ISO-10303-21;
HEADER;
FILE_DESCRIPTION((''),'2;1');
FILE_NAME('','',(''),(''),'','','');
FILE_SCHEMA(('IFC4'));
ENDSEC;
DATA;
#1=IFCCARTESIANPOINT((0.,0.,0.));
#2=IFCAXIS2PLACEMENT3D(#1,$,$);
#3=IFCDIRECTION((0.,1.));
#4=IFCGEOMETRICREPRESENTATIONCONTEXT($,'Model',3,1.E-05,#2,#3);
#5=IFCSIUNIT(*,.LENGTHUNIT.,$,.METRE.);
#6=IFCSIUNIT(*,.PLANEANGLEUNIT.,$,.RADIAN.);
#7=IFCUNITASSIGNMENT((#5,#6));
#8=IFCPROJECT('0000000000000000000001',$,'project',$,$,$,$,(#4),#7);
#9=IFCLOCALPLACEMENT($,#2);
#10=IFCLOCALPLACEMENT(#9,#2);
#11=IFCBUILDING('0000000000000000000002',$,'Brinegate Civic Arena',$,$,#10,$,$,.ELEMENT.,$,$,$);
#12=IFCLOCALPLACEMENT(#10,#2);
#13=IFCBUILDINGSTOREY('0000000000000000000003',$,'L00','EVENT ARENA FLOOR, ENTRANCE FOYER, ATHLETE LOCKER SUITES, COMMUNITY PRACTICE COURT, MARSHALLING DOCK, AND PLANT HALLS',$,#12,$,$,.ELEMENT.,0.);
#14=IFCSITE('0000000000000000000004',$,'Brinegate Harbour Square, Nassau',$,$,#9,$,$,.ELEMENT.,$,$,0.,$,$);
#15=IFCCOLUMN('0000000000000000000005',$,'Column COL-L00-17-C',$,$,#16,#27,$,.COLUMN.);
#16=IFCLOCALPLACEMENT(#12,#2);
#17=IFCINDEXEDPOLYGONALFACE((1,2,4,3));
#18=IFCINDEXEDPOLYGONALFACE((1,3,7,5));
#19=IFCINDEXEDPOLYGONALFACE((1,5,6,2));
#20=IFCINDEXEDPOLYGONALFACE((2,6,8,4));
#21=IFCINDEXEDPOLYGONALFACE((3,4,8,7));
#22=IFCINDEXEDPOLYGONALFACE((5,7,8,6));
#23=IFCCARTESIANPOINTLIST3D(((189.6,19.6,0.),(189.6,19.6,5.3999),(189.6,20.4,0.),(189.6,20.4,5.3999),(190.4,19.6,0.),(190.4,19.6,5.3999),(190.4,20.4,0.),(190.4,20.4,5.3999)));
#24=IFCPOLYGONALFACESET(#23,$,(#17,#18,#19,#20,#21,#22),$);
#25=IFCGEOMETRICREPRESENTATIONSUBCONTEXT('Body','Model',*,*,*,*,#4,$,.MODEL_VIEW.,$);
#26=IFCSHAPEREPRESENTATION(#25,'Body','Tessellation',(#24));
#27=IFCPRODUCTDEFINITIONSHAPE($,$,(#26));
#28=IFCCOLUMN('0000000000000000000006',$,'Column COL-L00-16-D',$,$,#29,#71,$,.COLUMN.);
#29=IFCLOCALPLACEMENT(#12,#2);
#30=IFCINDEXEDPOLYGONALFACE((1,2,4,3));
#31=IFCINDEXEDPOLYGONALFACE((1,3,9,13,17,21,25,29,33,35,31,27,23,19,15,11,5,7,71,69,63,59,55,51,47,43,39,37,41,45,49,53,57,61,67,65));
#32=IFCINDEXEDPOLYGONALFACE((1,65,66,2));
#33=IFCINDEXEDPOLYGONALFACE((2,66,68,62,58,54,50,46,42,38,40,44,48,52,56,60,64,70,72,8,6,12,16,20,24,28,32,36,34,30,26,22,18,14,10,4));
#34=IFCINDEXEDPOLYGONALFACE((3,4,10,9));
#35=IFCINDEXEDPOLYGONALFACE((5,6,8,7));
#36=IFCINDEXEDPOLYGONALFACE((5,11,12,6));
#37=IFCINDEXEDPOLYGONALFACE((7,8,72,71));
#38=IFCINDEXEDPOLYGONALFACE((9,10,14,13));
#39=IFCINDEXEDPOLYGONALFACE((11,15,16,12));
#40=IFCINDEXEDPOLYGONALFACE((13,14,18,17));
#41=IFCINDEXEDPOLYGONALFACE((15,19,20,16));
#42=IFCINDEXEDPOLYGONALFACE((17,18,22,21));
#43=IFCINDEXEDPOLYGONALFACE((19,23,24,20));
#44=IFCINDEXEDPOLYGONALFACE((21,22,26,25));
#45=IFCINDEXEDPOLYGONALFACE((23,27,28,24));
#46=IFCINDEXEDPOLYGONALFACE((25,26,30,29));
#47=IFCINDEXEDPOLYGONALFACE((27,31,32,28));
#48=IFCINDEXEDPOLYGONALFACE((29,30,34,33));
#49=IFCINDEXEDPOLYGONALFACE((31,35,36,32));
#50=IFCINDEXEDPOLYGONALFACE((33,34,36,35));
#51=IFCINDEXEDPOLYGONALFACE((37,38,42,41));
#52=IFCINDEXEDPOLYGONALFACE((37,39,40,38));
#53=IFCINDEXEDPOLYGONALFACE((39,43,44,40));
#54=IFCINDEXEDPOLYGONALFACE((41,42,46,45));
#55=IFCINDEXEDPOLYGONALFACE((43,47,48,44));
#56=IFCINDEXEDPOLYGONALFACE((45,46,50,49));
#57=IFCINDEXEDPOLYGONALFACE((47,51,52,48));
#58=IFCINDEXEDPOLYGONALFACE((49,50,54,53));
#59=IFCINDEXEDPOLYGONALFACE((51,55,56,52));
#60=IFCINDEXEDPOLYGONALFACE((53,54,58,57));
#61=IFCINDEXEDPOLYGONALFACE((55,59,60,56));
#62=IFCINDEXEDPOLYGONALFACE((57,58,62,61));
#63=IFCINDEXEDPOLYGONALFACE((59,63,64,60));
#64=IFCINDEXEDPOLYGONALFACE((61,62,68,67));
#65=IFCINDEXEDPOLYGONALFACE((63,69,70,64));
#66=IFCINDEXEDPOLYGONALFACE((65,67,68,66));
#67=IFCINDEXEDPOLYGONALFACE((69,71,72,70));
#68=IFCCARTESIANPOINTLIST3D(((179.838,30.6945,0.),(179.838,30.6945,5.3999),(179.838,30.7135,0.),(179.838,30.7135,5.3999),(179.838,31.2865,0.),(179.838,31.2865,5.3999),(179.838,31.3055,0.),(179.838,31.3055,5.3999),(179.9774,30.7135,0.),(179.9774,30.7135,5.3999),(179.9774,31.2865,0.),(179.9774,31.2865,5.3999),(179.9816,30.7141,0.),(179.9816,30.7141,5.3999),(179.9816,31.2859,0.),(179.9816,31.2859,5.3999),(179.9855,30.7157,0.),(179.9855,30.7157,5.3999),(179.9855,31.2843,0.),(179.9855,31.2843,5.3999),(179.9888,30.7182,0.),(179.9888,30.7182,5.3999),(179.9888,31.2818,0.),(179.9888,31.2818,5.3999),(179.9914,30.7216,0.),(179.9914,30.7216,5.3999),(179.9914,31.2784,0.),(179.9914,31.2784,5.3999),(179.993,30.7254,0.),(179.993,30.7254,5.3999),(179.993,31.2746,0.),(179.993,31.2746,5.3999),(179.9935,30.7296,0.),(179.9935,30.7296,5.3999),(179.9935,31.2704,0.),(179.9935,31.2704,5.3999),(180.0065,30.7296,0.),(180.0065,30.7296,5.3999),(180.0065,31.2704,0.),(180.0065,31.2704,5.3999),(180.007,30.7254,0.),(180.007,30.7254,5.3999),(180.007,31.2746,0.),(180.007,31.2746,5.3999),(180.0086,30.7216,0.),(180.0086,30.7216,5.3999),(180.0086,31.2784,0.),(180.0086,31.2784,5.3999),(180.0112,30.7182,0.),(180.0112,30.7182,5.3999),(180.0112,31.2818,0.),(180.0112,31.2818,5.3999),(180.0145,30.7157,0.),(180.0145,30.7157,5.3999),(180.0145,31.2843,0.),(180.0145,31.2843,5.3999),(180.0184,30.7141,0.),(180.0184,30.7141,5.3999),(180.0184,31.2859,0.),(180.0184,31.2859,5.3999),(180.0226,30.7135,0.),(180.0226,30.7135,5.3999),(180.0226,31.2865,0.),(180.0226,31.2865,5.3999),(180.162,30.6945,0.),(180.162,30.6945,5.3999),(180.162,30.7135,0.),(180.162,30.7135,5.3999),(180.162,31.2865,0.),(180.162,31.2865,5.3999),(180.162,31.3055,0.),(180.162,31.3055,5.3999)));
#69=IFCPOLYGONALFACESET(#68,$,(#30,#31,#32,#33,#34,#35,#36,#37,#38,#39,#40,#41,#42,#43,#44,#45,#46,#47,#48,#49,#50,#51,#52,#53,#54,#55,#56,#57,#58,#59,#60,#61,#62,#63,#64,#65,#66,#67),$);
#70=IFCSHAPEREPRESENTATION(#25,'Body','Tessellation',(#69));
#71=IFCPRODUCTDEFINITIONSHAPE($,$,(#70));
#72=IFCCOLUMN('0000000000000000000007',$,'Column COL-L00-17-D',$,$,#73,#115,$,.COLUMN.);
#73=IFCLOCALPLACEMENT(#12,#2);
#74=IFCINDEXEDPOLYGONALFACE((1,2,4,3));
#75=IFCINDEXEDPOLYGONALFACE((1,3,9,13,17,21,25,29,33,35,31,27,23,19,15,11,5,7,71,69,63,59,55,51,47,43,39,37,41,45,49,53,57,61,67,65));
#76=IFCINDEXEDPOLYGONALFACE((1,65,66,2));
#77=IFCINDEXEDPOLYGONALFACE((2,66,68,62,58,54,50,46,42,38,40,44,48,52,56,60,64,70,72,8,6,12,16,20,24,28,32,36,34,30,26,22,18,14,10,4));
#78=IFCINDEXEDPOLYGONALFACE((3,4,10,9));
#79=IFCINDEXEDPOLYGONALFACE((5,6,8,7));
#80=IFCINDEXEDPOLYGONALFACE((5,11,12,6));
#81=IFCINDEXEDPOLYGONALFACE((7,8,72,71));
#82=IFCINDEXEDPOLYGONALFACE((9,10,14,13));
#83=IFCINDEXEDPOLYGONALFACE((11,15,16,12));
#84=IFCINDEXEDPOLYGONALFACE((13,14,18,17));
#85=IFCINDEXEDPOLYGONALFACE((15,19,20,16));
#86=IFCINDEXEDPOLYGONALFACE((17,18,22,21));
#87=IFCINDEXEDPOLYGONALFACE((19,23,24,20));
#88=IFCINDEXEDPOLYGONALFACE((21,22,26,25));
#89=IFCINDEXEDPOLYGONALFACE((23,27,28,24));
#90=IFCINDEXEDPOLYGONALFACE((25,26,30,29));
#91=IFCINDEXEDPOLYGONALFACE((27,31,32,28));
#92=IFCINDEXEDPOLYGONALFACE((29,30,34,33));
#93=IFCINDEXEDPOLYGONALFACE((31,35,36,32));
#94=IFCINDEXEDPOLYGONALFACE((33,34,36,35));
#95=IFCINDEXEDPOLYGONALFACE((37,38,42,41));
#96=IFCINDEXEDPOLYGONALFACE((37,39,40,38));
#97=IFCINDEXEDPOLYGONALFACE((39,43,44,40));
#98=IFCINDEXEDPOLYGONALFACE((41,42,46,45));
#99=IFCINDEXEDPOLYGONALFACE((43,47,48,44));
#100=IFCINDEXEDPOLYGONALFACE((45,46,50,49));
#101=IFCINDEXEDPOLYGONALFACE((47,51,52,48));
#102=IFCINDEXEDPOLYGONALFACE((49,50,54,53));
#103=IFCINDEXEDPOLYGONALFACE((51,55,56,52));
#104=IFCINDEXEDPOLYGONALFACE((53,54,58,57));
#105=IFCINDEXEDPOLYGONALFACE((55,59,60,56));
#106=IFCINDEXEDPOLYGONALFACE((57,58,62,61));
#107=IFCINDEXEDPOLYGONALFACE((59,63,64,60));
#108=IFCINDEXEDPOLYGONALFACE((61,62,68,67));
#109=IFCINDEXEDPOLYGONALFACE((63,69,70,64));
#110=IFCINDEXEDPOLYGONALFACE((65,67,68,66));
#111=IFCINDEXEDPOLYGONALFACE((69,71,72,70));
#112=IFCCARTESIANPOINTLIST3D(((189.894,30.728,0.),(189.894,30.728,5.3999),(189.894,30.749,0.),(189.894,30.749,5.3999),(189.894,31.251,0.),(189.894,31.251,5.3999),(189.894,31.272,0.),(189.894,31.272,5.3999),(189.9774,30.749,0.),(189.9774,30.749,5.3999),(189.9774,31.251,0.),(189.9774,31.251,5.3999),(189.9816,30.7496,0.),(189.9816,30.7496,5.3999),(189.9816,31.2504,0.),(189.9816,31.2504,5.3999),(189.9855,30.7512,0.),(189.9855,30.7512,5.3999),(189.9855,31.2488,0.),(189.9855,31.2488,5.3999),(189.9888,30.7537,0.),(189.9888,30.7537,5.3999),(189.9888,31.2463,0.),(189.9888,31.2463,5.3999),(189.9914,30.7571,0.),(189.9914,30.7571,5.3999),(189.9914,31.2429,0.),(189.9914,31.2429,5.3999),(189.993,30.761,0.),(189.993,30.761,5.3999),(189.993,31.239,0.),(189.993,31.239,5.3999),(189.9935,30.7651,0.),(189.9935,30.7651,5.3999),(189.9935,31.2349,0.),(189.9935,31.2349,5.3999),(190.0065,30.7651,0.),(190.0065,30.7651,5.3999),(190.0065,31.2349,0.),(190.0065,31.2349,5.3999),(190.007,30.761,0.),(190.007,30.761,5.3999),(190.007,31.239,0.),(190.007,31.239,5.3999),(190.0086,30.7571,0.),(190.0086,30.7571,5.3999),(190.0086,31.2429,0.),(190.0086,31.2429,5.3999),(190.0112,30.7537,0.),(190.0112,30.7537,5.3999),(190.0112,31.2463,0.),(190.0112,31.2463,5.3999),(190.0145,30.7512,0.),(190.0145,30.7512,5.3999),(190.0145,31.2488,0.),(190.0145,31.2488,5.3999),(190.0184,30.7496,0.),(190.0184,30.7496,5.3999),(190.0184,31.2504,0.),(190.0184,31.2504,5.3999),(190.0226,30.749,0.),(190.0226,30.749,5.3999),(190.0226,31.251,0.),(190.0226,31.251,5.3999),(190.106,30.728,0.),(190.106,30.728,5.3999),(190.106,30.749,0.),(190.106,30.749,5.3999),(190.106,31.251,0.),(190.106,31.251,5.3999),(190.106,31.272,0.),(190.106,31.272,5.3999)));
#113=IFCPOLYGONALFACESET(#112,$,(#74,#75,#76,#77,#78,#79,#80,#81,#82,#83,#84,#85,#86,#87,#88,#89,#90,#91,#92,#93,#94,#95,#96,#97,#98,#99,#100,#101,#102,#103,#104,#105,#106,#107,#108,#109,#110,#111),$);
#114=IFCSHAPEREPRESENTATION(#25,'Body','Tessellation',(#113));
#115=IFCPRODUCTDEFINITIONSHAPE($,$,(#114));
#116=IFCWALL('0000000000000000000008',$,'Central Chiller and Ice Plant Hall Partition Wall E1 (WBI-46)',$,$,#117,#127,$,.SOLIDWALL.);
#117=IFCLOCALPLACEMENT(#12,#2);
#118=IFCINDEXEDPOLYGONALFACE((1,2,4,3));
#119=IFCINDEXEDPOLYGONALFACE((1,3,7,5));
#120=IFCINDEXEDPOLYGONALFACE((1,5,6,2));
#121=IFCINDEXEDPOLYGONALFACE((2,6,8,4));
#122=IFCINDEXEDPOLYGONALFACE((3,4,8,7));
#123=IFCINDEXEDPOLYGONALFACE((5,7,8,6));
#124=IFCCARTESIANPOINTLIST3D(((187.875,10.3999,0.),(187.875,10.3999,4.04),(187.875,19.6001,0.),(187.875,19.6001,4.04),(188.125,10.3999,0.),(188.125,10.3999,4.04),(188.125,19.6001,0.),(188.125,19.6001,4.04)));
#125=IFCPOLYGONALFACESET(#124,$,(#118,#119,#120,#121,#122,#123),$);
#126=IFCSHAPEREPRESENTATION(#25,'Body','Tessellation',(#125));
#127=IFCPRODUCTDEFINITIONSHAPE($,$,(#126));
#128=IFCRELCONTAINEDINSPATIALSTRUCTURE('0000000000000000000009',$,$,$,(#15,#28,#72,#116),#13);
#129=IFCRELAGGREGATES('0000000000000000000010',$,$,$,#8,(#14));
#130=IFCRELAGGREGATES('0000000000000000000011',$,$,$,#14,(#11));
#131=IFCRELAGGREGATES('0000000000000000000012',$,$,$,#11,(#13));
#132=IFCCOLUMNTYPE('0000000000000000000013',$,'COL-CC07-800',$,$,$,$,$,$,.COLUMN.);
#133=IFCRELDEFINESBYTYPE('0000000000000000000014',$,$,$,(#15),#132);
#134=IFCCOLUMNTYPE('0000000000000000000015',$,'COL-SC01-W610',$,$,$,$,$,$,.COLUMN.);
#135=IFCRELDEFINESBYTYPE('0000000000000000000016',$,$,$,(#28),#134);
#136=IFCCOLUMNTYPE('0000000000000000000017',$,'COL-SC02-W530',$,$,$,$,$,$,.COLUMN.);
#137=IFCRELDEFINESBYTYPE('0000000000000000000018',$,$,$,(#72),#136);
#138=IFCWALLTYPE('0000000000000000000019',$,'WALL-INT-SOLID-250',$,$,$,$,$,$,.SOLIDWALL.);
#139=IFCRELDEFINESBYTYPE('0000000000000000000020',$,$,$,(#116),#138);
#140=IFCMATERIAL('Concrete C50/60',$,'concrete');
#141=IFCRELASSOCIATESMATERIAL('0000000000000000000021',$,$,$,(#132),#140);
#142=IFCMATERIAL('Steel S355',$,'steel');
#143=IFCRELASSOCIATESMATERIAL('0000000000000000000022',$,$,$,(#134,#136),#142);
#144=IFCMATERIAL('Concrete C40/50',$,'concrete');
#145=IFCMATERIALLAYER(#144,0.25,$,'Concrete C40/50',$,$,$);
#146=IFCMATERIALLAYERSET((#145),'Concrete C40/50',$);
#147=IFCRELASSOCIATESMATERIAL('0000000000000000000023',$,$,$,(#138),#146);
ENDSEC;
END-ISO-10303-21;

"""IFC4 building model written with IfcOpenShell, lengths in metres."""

from ifc_helpers import new_model, si_unit, direction, frame, frame_2d, origin, origin_2d, place, context, subcontext, project, spatial, rectangle, i_section, extrude, material, layer, layer_set, material_profile, profile_set, type_object, element, save


model = new_model("IFC4")

# Units and contexts
model_context = context("Model", 3, precision=1e-05, world=origin(), true_north=direction((0.0, 1.0)))
body_context = subcontext(model_context, "Body", "Model", "MODEL_VIEW")
ifc_project = project(units=[si_unit("LENGTHUNIT", "METRE"), si_unit("PLANEANGLEUNIT", "RADIAN")], contexts=[model_context])

# Site, building, storey
site_placement = place(None, origin())
site = spatial("IfcSite", under=ifc_project, at=site_placement, Name="Brinegate Harbour Square, Nassau", CompositionType="ELEMENT", RefElevation=0.0)
building_placement = place(site_placement, origin())
building = spatial("IfcBuilding", under=site, at=building_placement, Name="Brinegate Civic Arena", CompositionType="ELEMENT")
storey_placement = place(building_placement, origin())
storey = spatial("IfcBuildingStorey", under=building, at=storey_placement, Name="L00", Description="EVENT ARENA FLOOR, ENTRANCE FOYER, ATHLETE LOCKER SUITES, COMMUNITY PRACTICE COURT, MARSHALLING DOCK, AND PLANT HALLS", CompositionType="ELEMENT", Elevation=0.0)

# Shared definitions
ifc_material_1 = material(Name="Concrete C40/50", Category="concrete")

# Columns
ifc_material_2 = material(Name="Concrete C50/60", Category="concrete")
ifc_material_profile_1 = material_profile(ifc_material_2, rectangle(XDim=0.8, YDim=0.8, at=origin_2d()), Name="RC800X800")
ifc_profile_set_1 = profile_set([ifc_material_profile_1], Name="Concrete C50/60")
column_type_1 = type_object("IfcColumnType", Name="COL-CC07-800", PredefinedType="COLUMN", material=ifc_profile_set_1)
column_1_placement = place(storey_placement, frame((190.0, 20.0, 0.0), z_axis=(0.0, 0.0, 1.0), x_axis=(1.0, 0.0, 0.0)))
element("IfcColumn", 1, at=column_1_placement, inside=storey, type_object=column_type_1, Name="Column COL-L00-17-C", PredefinedType="COLUMN", context=body_context, shape_type="SweptSolid", body=[
    extrude(rectangle(XDim=0.8, YDim=0.8, at=origin_2d()), origin(), (0.0, 0.0, 1.0), 5.3999),
])
ifc_material_3 = material(Name="Steel S355", Category="steel")
ifc_material_profile_2 = material_profile(ifc_material_3, i_section(OverallWidth=0.324, OverallDepth=0.6111, WebThickness=0.0129, FlangeThickness=0.019, FilletRadius=0.0161, at=origin_2d()), Name="W610X155")
ifc_profile_set_2 = profile_set([ifc_material_profile_2], Name="Steel S355")
column_type_2 = type_object("IfcColumnType", Name="COL-SC01-W610", PredefinedType="COLUMN", material=ifc_profile_set_2)
column_2_placement = place(storey_placement, frame((180.0, 31.0, 0.0), z_axis=(0.0, 0.0, 1.0), x_axis=(1.0, 0.0, 0.0)))
element("IfcColumn", 2, at=column_2_placement, inside=storey, type_object=column_type_2, Name="Column COL-L00-16-D", PredefinedType="COLUMN", context=body_context, shape_type="SweptSolid", body=[
    extrude(i_section(OverallWidth=0.324, OverallDepth=0.6111, WebThickness=0.0129, FlangeThickness=0.019, FilletRadius=0.0161, at=origin_2d()), origin(), (0.0, 0.0, 1.0), 5.3999),
])
ifc_material_profile_3 = material_profile(ifc_material_3, i_section(OverallWidth=0.2119, OverallDepth=0.5439, WebThickness=0.0129, FlangeThickness=0.021, FilletRadius=0.0161, at=origin_2d()), Name="W530X123")
ifc_profile_set_3 = profile_set([ifc_material_profile_3], Name="Steel S355")
column_type_3 = type_object("IfcColumnType", Name="COL-SC02-W530", PredefinedType="COLUMN", material=ifc_profile_set_3)
column_3_placement = place(storey_placement, frame((190.0, 31.0, 0.0), z_axis=(0.0, 0.0, 1.0), x_axis=(1.0, 0.0, 0.0)))
element("IfcColumn", 3, at=column_3_placement, inside=storey, type_object=column_type_3, Name="Column COL-L00-17-D", PredefinedType="COLUMN", context=body_context, shape_type="SweptSolid", body=[
    extrude(i_section(OverallWidth=0.2119, OverallDepth=0.5439, WebThickness=0.0129, FlangeThickness=0.021, FilletRadius=0.0161, at=origin_2d()), origin(), (0.0, 0.0, 1.0), 5.3999),
])

# Wall
ifc_layer_1 = layer(ifc_material_1, 0.25, Name="Concrete C40/50")
ifc_layer_set_1 = layer_set([ifc_layer_1], Name="Concrete C40/50")
wall_type = type_object("IfcWallType", Name="WALL-INT-SOLID-250", PredefinedType="SOLIDWALL", material=ifc_layer_set_1)
wall_1_placement = place(storey_placement, frame((188.0, 19.6001, 0.0), z_axis=(0.0, 0.0, 1.0), x_axis=(0.0, -1.0, 0.0)))
element("IfcWall", 4, at=wall_1_placement, inside=storey, type_object=wall_type, Name="Central Chiller and Ice Plant Hall Partition Wall E1 (WBI-46)", PredefinedType="SOLIDWALL", context=body_context, shape_type="SweptSolid", body=[
    extrude(rectangle(XDim=9.2002, YDim=0.25, at=frame_2d((4.6001, 0.0))), origin(), (0.0, 0.0, 1.0), 4.04),
])

save(model, "model.ifc")
